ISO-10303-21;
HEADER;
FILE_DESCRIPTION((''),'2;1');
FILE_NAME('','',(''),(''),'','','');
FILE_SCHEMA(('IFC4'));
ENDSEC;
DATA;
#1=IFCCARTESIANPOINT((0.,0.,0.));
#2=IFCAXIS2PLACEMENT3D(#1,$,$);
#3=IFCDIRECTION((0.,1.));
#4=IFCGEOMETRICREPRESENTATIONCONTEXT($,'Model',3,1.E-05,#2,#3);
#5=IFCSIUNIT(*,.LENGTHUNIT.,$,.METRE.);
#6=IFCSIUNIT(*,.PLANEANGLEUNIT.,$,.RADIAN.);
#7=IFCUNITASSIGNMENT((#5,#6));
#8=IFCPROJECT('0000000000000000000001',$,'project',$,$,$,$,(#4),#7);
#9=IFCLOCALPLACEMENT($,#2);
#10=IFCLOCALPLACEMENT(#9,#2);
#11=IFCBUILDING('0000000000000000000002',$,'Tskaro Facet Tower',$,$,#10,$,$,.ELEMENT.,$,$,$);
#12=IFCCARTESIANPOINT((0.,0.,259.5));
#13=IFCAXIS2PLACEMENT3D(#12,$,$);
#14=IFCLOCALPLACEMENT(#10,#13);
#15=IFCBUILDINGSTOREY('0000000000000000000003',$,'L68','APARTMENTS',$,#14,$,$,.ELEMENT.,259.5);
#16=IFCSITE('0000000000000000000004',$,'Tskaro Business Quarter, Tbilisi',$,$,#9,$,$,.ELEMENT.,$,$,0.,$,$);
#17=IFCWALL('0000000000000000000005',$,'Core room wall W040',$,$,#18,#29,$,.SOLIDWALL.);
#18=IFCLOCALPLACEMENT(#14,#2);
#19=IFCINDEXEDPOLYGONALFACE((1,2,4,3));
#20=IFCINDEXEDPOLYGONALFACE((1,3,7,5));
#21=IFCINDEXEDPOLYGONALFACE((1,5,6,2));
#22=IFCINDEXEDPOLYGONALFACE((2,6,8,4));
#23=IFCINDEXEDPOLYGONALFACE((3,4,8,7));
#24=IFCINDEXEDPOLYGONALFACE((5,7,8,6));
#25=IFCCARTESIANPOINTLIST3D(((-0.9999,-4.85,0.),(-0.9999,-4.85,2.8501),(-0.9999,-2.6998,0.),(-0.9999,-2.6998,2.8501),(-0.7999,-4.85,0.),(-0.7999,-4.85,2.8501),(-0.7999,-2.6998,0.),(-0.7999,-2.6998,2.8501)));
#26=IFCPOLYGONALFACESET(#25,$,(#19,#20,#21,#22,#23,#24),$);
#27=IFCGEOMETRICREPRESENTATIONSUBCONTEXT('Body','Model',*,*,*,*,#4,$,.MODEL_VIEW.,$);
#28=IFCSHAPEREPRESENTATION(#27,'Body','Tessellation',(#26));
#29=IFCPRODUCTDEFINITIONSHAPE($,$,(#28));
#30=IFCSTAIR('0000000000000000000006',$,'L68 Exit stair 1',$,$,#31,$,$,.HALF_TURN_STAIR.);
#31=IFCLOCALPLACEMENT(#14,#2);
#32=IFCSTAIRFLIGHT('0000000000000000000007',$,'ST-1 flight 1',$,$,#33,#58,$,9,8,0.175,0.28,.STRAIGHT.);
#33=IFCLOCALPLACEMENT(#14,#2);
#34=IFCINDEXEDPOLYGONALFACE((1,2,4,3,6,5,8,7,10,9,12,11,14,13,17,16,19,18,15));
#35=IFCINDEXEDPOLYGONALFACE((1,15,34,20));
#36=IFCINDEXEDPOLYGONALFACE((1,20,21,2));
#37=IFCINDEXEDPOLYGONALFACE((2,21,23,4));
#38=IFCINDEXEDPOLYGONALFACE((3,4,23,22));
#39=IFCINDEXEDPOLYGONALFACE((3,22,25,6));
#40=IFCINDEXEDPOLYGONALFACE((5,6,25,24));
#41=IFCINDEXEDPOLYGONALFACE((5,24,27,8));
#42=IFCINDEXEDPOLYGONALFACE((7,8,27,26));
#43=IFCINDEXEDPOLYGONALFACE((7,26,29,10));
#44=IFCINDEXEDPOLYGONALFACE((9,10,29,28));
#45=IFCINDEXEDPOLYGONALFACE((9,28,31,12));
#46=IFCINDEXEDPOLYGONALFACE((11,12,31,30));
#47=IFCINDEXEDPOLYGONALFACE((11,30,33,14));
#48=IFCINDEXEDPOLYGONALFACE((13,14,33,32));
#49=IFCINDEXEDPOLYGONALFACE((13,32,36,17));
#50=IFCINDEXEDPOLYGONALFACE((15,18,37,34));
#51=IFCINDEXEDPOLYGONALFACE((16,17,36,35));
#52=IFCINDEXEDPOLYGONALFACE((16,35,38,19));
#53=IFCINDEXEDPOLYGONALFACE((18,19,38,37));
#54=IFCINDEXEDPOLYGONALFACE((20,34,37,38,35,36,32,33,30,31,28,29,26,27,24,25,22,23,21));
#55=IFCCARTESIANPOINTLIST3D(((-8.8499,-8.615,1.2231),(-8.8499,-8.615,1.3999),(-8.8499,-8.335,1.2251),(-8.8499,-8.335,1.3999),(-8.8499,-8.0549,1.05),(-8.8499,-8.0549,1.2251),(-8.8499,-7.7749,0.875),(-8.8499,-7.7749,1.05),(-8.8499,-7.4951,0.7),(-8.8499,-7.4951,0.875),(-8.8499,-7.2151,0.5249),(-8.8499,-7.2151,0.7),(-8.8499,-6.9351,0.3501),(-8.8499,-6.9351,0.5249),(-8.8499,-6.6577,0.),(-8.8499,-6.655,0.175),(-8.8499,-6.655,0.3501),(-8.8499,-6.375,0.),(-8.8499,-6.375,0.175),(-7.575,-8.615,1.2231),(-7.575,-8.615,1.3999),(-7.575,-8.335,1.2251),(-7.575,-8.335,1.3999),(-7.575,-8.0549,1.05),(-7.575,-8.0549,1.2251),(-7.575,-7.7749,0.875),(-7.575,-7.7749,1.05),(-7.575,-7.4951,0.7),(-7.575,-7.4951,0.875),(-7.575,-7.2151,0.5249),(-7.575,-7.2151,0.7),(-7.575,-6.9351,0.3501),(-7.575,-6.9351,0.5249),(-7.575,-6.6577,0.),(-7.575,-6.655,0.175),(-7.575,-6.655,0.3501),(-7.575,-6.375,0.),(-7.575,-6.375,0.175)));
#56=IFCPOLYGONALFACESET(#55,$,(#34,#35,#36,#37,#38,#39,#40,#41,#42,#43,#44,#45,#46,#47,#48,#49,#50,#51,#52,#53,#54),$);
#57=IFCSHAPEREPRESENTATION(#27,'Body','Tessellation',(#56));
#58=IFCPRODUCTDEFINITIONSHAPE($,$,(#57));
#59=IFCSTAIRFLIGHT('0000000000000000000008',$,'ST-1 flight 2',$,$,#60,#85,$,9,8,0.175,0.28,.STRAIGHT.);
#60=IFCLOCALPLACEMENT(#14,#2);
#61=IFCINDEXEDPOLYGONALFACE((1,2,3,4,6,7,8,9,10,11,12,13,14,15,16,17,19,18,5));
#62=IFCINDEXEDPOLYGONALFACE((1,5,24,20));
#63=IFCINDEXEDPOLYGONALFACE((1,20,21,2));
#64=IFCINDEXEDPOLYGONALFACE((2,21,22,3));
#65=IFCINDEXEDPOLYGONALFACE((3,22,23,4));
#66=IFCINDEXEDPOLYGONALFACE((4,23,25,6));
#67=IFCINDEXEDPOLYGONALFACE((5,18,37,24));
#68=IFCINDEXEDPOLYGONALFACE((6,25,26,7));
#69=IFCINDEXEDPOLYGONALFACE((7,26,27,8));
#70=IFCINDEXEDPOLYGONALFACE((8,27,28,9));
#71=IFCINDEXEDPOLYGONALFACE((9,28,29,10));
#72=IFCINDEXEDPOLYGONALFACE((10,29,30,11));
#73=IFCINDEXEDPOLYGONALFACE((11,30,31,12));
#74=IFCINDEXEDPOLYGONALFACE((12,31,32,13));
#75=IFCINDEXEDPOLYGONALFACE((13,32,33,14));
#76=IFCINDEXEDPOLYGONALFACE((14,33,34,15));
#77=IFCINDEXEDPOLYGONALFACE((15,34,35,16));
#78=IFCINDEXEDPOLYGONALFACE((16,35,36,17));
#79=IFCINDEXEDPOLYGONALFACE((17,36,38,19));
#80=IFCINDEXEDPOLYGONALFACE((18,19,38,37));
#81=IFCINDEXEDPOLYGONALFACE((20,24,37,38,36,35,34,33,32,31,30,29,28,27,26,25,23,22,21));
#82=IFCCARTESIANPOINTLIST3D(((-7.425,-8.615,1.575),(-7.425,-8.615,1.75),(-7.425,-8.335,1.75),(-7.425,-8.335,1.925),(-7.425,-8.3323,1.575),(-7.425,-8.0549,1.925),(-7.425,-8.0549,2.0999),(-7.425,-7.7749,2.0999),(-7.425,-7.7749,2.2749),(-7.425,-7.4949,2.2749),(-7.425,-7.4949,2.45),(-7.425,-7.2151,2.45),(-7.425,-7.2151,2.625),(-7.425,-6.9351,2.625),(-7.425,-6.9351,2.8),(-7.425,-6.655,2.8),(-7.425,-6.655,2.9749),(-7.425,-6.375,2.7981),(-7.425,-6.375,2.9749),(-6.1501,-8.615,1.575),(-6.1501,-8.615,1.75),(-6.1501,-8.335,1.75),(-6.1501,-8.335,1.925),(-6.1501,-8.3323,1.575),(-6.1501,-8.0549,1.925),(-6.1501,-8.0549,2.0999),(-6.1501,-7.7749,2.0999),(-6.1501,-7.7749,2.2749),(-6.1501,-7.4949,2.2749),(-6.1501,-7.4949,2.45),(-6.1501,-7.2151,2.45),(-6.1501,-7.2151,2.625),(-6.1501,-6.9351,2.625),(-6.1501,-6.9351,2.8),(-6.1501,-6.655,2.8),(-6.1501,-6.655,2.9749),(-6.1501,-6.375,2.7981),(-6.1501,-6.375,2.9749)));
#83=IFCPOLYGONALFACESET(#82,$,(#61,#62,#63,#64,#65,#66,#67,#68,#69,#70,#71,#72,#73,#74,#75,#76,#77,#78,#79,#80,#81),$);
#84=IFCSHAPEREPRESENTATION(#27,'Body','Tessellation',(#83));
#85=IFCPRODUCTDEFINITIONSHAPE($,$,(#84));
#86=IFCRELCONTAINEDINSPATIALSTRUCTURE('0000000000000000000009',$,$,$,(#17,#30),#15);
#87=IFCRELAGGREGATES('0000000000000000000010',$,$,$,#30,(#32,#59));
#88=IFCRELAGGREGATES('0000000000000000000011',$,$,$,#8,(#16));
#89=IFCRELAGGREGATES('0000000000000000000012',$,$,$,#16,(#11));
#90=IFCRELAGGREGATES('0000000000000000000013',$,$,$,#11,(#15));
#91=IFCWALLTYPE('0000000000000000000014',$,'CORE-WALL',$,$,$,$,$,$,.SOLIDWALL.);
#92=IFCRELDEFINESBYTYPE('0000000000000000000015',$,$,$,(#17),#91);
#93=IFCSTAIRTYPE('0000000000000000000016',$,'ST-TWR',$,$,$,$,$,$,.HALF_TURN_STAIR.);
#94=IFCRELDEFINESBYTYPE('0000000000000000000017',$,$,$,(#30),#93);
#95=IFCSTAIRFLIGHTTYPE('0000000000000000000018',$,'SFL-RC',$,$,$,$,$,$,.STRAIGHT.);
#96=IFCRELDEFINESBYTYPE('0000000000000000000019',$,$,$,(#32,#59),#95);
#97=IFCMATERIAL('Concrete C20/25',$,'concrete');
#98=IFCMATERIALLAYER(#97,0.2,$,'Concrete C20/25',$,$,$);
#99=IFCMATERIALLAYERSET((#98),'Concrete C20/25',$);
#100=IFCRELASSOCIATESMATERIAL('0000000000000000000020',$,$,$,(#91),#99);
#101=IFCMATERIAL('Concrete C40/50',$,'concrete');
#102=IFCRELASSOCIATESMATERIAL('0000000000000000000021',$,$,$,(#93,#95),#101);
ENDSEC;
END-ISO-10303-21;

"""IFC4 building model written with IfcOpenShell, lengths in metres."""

from ifc_helpers import new_model, si_unit, direction, frame, frame_2d, origin, place, context, subcontext, project, spatial, polyline, rectangle, outline, extrude, material, layer, layer_set, type_object, element, aggregate, save


model = new_model("IFC4")

# Units and contexts
model_context = context("Model", 3, precision=1e-05, world=origin(), true_north=direction((0.0, 1.0)))
body_context = subcontext(model_context, "Body", "Model", "MODEL_VIEW")
ifc_project = project(units=[si_unit("LENGTHUNIT", "METRE"), si_unit("PLANEANGLEUNIT", "RADIAN")], contexts=[model_context])

# Site, building, storey
site_placement = place(None, origin())
site = spatial("IfcSite", under=ifc_project, at=site_placement, Name="Tskaro Business Quarter, Tbilisi", CompositionType="ELEMENT", RefElevation=0.0)
building_placement = place(site_placement, origin())
building = spatial("IfcBuilding", under=site, at=building_placement, Name="Tskaro Facet Tower", CompositionType="ELEMENT")
storey_placement = place(building_placement, frame((0.0, 0.0, 259.5)))
storey = spatial("IfcBuildingStorey", under=building, at=storey_placement, Name="L68", Description="APARTMENTS", CompositionType="ELEMENT", Elevation=259.5)

# Shared definitions
ifc_material_1 = material(Name="Concrete C20/25", Category="concrete")
ifc_layer_1 = layer(ifc_material_1, 0.2, Name="Concrete C20/25")
ifc_layer_set_1 = layer_set([ifc_layer_1], Name="Concrete C20/25")
wall_type_1 = type_object("IfcWallType", Name="CORE-WALL", PredefinedType="SOLIDWALL", material=ifc_layer_set_1)

# Wall
wall_1_placement = place(storey_placement, frame((-0.8999, -4.8501, 0.0), z_axis=(0.0, 0.0, 1.0), x_axis=(0.0, 1.0, 0.0)))
element("IfcWall", 1, at=wall_1_placement, inside=storey, type_object=wall_type_1, Name="Core room wall W040", PredefinedType="SOLIDWALL", context=body_context, shape_type="SweptSolid", body=[
    extrude(rectangle(XDim=2.1501, YDim=0.2, at=frame_2d((1.0752, 0.0))), origin(), (0.0, 0.0, 1.0), 2.8501),
])

# Stair, stair flights
ifc_material_2 = material(Name="Concrete C40/50", Category="concrete")
stair_type = type_object("IfcStairType", Name="ST-TWR", PredefinedType="HALF_TURN_STAIR", material=ifc_material_2)
stair_placement = place(storey_placement, origin())
stair = element("IfcStair", 2, at=stair_placement, inside=storey, type_object=stair_type, Name="L68 Exit stair 1", PredefinedType="HALF_TURN_STAIR")
stair_flight_type = type_object("IfcStairFlightType", Name="SFL-RC", PredefinedType="STRAIGHT", material=ifc_material_2)
stair_flight_1_placement = place(storey_placement, frame((-8.2124, -6.375, 0.0), z_axis=(0.0, 0.0, 1.0), x_axis=(0.0, -1.0, 0.0)))
stair_flight_1 = element("IfcStairFlight", 3, at=stair_flight_1_placement, type_object=stair_flight_type, Name="ST-1 flight 1", NumberOfRisers=9, NumberOfTreads=8, PredefinedType="STRAIGHT", RiserHeight=0.175, TreadLength=0.28, context=body_context, shape_type="SweptSolid", body=[
    extrude(outline(polyline([(0.0, 0.0), (0.0, 0.175), (0.28, 0.175), (0.28, 0.3501), (0.5601, 0.3501), (0.5601, 0.5249), (0.8401, 0.5249), (0.8401, 0.7), (1.1201, 0.7), (1.1201, 0.875), (1.3999, 0.875), (1.3999, 1.05), (1.6799, 1.05), (1.6799, 1.2251), (1.96, 1.2251), (1.96, 1.3999), (2.24, 1.3999), (2.24, 1.575), (2.24, 1.2231), (0.2827, 0.0), (0.0, 0.0)])), frame((0.0, 0.6375, 0.0), z_axis=(0.0, -1.0, 0.0), x_axis=(1.0, 0.0, 0.0)), (0.0, 0.0, 1.0), 1.2749),
])
stair_flight_2_placement = place(storey_placement, frame((-6.7876, -8.615, 1.575), z_axis=(0.0, 0.0, 1.0), x_axis=(0.0, 1.0, 0.0)))
stair_flight_2 = element("IfcStairFlight", 4, at=stair_flight_2_placement, type_object=stair_flight_type, Name="ST-1 flight 2", NumberOfRisers=9, NumberOfTreads=8, PredefinedType="STRAIGHT", RiserHeight=0.175, TreadLength=0.28, context=body_context, shape_type="SweptSolid", body=[
    extrude(outline(polyline([(0.0, 0.0), (0.0, 0.175), (0.28, 0.175), (0.28, 0.3501), (0.5601, 0.3501), (0.5601, 0.5249), (0.8401, 0.5249), (0.8401, 0.7), (1.1201, 0.7), (1.1201, 0.875), (1.3999, 0.875), (1.3999, 1.05), (1.6799, 1.05), (1.6799, 1.2251), (1.96, 1.2251), (1.96, 1.3999), (2.24, 1.3999), (2.24, 1.575), (2.24, 1.2231), (0.2827, 0.0), (0.0, 0.0)])), frame((0.0, 0.6375, 0.0), z_axis=(0.0, -1.0, 0.0), x_axis=(1.0, 0.0, 0.0)), (0.0, 0.0, 1.0), 1.2749),
])
aggregate(stair, [stair_flight_1, stair_flight_2])

save(model, "model.ifc")
